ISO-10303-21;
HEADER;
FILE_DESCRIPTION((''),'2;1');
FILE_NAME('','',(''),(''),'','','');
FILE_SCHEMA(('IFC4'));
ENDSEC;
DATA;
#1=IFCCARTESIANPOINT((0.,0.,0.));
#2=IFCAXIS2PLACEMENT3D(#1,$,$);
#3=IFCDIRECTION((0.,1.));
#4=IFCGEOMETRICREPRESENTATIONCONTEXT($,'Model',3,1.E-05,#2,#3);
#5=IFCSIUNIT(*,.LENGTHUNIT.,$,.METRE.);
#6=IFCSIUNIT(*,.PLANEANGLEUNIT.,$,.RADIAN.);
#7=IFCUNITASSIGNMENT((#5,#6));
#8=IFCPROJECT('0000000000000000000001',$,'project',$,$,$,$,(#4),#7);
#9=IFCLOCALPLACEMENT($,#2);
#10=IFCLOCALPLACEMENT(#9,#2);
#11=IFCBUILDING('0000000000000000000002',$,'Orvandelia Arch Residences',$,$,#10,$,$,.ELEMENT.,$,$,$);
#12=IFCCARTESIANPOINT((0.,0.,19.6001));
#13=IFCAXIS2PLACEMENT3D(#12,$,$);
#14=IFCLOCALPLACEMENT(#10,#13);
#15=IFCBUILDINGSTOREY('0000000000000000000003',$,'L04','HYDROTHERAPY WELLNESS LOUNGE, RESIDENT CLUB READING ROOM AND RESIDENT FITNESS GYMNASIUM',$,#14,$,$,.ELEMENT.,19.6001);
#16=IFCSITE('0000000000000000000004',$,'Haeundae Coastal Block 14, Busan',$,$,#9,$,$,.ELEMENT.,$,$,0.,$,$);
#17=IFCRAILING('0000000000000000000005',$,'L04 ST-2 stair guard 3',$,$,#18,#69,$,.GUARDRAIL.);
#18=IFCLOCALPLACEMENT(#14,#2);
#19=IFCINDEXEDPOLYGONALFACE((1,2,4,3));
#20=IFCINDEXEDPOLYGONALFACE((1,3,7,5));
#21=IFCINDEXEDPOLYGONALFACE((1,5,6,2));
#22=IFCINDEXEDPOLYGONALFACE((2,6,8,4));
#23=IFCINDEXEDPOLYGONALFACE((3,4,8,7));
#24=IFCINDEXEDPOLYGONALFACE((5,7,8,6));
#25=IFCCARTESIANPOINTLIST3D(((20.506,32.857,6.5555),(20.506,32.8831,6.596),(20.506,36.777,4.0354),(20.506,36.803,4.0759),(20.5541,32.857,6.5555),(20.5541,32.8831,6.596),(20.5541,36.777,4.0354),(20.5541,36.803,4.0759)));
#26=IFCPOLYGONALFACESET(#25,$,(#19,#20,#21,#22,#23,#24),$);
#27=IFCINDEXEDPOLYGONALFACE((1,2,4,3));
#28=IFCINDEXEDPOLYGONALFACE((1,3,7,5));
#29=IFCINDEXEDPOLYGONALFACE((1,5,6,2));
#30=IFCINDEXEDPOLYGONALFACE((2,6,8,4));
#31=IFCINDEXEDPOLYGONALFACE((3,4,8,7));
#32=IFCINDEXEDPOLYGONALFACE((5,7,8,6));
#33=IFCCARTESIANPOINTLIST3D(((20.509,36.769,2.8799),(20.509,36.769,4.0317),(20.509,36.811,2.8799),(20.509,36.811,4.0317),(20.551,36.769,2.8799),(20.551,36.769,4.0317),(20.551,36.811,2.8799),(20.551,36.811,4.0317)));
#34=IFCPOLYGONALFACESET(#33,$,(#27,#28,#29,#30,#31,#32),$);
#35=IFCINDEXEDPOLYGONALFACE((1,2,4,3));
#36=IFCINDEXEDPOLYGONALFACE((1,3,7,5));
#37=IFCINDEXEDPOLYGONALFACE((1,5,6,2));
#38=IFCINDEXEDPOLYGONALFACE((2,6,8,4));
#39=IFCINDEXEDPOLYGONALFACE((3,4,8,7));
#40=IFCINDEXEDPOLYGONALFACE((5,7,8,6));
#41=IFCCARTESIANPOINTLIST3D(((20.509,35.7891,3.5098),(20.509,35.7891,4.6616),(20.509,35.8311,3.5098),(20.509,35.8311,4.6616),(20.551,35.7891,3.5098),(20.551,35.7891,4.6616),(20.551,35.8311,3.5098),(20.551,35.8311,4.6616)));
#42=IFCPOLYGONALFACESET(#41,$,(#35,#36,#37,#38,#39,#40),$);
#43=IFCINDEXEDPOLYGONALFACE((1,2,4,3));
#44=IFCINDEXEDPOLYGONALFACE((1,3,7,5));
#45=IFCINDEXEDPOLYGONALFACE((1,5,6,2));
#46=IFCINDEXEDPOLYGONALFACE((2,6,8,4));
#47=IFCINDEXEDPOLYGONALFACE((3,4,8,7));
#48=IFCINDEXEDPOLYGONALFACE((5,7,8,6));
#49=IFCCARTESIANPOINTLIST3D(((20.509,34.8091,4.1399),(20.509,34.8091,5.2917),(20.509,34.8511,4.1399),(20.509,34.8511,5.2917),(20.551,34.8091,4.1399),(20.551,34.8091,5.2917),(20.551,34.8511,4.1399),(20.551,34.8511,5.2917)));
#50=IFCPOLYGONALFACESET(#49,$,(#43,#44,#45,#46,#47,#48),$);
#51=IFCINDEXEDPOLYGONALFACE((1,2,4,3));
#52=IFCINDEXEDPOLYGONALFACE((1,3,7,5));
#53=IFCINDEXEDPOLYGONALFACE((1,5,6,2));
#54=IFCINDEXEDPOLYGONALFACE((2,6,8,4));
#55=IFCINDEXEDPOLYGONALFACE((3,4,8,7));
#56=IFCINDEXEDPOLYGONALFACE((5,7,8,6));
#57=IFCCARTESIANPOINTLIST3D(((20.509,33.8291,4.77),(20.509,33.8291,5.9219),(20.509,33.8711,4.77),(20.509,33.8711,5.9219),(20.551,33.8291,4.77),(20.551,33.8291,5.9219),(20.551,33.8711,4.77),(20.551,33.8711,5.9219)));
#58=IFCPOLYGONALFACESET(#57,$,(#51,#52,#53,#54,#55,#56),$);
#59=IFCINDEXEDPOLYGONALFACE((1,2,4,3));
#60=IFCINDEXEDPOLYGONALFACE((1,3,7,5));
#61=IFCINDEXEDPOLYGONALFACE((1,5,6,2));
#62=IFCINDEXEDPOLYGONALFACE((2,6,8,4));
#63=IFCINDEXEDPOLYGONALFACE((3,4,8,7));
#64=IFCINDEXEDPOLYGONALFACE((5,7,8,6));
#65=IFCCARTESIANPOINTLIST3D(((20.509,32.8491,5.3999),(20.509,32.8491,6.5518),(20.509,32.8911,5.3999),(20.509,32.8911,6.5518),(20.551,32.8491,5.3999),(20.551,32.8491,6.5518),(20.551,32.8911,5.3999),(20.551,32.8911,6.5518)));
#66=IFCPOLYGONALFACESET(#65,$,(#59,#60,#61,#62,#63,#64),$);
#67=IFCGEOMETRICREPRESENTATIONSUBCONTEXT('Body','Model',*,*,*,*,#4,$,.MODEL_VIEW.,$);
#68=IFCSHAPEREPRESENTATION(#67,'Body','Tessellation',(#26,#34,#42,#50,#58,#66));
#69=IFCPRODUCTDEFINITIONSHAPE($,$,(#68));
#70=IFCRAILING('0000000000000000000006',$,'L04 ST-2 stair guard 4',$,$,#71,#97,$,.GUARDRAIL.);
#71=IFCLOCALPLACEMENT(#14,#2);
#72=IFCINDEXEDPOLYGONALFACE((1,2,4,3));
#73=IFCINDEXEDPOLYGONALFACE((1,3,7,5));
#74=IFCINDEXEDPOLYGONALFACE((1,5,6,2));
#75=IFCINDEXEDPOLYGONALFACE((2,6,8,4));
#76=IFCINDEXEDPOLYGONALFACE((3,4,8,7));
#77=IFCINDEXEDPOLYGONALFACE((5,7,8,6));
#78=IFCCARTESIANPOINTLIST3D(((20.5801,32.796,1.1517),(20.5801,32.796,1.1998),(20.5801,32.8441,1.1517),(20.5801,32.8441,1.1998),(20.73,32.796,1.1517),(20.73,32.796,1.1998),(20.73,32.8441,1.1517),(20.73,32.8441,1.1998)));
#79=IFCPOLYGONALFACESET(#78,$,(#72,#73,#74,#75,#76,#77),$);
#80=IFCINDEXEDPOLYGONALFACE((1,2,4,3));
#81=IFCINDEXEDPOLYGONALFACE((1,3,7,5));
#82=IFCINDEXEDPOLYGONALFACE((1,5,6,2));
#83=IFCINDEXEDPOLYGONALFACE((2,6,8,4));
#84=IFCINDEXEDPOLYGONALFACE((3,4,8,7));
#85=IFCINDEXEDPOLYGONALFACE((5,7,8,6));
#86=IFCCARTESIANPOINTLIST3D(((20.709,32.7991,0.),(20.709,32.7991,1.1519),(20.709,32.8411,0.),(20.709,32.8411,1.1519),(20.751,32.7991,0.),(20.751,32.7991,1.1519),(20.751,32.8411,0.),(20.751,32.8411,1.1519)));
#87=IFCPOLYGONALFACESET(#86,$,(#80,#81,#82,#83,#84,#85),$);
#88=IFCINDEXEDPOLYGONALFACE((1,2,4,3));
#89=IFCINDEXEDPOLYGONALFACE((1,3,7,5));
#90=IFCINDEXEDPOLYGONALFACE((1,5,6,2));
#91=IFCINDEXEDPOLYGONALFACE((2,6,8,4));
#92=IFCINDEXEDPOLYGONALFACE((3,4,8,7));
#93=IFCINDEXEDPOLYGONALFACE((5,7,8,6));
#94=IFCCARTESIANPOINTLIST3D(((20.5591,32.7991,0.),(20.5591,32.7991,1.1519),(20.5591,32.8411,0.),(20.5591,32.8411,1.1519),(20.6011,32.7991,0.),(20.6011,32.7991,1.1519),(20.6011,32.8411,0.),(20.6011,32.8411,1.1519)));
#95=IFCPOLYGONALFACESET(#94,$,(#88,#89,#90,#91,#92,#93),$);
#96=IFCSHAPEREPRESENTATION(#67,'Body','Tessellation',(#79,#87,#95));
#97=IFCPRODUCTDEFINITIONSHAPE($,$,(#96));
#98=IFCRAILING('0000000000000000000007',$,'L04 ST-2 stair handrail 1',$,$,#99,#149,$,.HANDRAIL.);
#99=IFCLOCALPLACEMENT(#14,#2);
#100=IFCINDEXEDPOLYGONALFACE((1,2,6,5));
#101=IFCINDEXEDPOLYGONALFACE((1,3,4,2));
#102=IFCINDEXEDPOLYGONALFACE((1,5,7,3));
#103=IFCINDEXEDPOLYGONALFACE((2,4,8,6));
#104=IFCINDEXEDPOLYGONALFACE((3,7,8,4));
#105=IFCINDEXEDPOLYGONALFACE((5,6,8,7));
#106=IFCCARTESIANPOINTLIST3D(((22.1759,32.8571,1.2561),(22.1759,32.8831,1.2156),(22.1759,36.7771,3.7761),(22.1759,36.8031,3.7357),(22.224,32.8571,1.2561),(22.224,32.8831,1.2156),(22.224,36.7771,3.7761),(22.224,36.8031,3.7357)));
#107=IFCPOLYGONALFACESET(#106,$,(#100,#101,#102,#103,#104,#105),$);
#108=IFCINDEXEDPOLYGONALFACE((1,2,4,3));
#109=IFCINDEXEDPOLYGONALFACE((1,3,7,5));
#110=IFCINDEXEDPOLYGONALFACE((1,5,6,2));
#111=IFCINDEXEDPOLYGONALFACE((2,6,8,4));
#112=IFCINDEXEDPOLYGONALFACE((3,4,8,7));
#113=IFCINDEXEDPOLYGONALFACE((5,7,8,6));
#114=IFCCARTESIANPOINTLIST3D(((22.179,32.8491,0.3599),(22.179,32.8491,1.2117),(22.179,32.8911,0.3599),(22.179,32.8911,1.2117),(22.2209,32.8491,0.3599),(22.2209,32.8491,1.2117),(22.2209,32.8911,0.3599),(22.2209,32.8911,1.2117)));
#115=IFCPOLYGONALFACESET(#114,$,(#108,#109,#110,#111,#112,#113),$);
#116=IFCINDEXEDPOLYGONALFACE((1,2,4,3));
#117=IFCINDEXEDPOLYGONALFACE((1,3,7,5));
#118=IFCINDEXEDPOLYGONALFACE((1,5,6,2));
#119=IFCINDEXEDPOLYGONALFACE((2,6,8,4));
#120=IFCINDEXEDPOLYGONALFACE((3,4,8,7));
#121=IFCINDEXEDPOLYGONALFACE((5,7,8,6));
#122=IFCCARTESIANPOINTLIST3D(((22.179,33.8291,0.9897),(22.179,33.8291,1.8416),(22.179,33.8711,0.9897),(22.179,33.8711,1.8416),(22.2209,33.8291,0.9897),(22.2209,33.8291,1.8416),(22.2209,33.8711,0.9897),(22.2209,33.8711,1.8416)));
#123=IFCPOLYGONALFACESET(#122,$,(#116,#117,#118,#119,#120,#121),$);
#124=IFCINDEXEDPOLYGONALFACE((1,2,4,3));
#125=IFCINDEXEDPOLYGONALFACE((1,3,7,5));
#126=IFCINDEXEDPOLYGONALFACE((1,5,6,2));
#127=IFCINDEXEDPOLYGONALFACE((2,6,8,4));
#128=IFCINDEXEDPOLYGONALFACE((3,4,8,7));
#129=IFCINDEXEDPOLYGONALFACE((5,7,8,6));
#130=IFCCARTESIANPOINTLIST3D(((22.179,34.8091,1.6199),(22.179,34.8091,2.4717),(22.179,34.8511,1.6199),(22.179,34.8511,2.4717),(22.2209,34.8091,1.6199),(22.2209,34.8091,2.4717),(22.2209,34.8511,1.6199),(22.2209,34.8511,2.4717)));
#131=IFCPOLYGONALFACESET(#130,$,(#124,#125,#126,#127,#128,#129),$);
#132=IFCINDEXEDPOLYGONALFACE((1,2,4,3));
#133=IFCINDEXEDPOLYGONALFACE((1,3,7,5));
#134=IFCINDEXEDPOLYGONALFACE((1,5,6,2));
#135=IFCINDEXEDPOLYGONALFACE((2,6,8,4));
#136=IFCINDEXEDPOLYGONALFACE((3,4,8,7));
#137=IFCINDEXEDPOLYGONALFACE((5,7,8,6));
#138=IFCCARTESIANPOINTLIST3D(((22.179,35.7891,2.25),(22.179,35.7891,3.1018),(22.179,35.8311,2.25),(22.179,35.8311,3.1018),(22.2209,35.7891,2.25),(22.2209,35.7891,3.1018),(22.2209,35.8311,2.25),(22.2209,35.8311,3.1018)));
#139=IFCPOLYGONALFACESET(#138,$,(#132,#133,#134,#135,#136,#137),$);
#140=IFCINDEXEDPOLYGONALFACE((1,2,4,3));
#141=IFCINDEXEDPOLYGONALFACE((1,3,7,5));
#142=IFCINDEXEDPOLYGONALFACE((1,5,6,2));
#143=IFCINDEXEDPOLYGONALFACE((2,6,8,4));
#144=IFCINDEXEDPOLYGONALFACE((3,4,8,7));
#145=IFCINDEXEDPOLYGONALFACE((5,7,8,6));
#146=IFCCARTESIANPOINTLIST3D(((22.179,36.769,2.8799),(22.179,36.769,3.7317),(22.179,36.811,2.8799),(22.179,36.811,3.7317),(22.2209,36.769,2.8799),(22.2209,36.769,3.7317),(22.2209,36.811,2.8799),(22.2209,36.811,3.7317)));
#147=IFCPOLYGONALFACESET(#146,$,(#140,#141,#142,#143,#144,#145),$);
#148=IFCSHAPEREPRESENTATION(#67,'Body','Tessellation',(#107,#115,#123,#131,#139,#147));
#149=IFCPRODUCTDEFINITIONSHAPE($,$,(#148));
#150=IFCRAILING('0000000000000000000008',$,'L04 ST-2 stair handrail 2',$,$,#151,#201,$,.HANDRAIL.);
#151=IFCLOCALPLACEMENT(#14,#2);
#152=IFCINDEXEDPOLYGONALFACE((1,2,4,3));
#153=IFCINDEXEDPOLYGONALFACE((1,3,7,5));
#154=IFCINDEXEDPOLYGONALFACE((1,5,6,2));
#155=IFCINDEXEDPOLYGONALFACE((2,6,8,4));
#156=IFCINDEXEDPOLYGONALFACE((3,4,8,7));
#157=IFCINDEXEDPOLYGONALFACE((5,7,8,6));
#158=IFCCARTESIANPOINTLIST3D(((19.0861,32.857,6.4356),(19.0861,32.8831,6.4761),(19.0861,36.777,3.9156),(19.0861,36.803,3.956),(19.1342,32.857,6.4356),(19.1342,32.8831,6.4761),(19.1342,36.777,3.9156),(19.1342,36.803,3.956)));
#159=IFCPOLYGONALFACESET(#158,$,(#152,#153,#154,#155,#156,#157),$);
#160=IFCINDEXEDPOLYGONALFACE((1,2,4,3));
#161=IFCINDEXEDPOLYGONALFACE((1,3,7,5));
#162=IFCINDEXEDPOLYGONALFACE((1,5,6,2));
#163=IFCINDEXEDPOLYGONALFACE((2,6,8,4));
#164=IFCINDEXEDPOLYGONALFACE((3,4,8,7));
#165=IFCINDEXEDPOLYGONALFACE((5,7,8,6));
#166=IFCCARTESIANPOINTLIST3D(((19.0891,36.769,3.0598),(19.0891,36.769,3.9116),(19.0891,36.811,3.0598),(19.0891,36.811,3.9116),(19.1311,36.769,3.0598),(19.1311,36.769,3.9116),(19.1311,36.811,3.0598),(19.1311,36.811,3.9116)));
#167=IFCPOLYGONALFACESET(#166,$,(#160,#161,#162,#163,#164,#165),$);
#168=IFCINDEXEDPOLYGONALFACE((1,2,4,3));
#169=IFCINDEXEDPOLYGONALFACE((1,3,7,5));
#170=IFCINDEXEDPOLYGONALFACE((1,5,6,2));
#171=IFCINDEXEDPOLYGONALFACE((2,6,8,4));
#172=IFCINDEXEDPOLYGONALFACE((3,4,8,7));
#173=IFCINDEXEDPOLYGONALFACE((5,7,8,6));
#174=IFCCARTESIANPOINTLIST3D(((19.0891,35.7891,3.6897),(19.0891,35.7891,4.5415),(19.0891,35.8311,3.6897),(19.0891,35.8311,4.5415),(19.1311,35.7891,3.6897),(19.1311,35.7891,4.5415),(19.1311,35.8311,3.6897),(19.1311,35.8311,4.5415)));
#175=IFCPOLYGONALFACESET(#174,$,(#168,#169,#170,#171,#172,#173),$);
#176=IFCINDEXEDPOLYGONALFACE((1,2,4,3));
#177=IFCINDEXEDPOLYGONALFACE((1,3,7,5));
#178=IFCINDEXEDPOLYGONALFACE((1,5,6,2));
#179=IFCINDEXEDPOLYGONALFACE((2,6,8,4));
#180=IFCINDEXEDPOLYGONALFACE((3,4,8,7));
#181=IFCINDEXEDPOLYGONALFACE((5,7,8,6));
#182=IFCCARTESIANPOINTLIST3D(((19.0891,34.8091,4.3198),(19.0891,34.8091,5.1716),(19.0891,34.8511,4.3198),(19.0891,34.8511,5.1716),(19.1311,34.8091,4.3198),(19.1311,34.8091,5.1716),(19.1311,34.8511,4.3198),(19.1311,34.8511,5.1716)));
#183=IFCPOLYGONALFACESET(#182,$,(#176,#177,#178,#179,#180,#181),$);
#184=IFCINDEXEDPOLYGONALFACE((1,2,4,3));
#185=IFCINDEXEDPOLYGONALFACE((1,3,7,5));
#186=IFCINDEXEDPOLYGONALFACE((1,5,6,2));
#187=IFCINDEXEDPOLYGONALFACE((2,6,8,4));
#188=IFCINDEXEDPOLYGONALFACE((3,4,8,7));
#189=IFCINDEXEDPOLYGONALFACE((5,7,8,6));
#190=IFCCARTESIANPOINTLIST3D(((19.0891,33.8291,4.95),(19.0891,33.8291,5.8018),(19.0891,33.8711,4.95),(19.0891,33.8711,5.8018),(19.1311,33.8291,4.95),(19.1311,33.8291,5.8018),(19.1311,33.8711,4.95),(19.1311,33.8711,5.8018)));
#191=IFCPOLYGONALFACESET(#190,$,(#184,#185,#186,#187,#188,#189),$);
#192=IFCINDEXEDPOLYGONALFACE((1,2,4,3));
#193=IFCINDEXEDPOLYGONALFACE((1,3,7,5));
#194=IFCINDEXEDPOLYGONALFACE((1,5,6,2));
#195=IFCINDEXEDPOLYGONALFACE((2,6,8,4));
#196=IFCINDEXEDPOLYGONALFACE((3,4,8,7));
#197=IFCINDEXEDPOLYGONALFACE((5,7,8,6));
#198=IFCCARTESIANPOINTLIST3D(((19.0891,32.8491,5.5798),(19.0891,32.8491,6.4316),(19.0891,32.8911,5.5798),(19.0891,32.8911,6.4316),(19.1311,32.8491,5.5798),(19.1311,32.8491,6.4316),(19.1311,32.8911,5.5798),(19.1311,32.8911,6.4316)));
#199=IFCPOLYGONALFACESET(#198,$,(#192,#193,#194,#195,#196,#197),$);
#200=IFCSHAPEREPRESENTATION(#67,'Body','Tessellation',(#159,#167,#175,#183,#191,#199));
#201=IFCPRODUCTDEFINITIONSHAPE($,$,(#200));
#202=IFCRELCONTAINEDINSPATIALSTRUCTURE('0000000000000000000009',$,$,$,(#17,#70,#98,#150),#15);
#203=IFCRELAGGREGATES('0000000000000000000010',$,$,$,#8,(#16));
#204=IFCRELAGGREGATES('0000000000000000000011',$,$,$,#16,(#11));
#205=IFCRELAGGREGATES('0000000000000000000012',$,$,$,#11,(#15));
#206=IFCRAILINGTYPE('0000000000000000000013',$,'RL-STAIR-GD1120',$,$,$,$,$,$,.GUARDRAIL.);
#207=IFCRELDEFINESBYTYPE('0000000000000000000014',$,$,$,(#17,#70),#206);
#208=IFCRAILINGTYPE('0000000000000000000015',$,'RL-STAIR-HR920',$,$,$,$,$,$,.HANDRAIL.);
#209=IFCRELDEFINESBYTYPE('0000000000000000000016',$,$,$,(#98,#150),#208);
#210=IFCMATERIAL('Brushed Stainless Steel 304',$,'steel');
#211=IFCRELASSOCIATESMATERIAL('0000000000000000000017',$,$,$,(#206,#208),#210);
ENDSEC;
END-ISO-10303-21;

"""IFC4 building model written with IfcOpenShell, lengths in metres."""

from ifc_helpers import new_model, si_unit, direction, frame, origin, origin_2d, place, context, subcontext, project, spatial, rectangle, extrude, material, type_object, element, save


model = new_model("IFC4")

# Units and contexts
model_context = context("Model", 3, precision=1e-05, world=origin(), true_north=direction((0.0, 1.0)))
body_context = subcontext(model_context, "Body", "Model", "MODEL_VIEW")
ifc_project = project(units=[si_unit("LENGTHUNIT", "METRE"), si_unit("PLANEANGLEUNIT", "RADIAN")], contexts=[model_context])

# Site, building, storey
site_placement = place(None, origin())
site = spatial("IfcSite", under=ifc_project, at=site_placement, Name="Haeundae Coastal Block 14, Busan", CompositionType="ELEMENT", RefElevation=0.0)
building_placement = place(site_placement, origin())
building = spatial("IfcBuilding", under=site, at=building_placement, Name="Orvandelia Arch Residences", CompositionType="ELEMENT")
storey_placement = place(building_placement, frame((0.0, 0.0, 19.6001)))
storey = spatial("IfcBuildingStorey", under=building, at=storey_placement, Name="L04", Description="HYDROTHERAPY WELLNESS LOUNGE, RESIDENT CLUB READING ROOM AND RESIDENT FITNESS GYMNASIUM", CompositionType="ELEMENT", Elevation=19.6001)

# Railings
ifc_material_1 = material(Name="Brushed Stainless Steel 304", Category="steel")
railing_type_1 = type_object("IfcRailingType", Name="RL-STAIR-GD1120", PredefinedType="GUARDRAIL", material=ifc_material_1)
railing_1_placement = place(storey_placement, frame((20.53, 36.79, 2.8799)))
element("IfcRailing", 1, at=railing_1_placement, inside=storey, type_object=railing_type_1, Name="L04 ST-2 stair guard 3", PredefinedType="GUARDRAIL", context=body_context, shape_type="SweptSolid", body=[
    extrude(rectangle(XDim=0.0481, YDim=0.0481, at=origin_2d()), frame((0.0, 0.0, 1.1758), z_axis=(0.0, -0.841172, 0.540768), x_axis=(1.0, 0.0, 0.0)), (0.0, 0.0, 1.0), 4.6602),
    extrude(rectangle(XDim=0.042, YDim=0.042, at=origin_2d()), origin(), (0.0, 0.0, 1.0), 1.1519),
    extrude(rectangle(XDim=0.042, YDim=0.042, at=origin_2d()), frame((0.0, -0.98, 0.6299)), (0.0, 0.0, 1.0), 1.1519),
    extrude(rectangle(XDim=0.042, YDim=0.042, at=origin_2d()), frame((0.0, -1.96, 1.26)), (0.0, 0.0, 1.0), 1.1519),
    extrude(rectangle(XDim=0.042, YDim=0.042, at=origin_2d()), frame((0.0, -2.9399, 1.8901)), (0.0, 0.0, 1.0), 1.1519),
    extrude(rectangle(XDim=0.042, YDim=0.042, at=origin_2d()), frame((0.0, -3.9199, 2.52)), (0.0, 0.0, 1.0), 1.1519),
])
railing_2_placement = place(storey_placement, frame((20.73, 32.8201, 0.0)))
element("IfcRailing", 2, at=railing_2_placement, inside=storey, type_object=railing_type_1, Name="L04 ST-2 stair guard 4", PredefinedType="GUARDRAIL", context=body_context, shape_type="SweptSolid", body=[
    extrude(rectangle(XDim=0.0481, YDim=0.0481, at=origin_2d()), frame((0.0, 0.0, 1.1758), z_axis=(-1.0, 0.0, 0.0), x_axis=(0.0, -1.0, 0.0)), (0.0, 0.0, 1.0), 0.1499),
    extrude(rectangle(XDim=0.042, YDim=0.042, at=origin_2d()), origin(), (0.0, 0.0, 1.0), 1.1519),
    extrude(rectangle(XDim=0.042, YDim=0.042, at=origin_2d()), frame((-0.1499, 0.0, 0.0)), (0.0, 0.0, 1.0), 1.1519),
])
railing_type_2 = type_object("IfcRailingType", Name="RL-STAIR-HR920", PredefinedType="HANDRAIL", material=ifc_material_1)
railing_3_placement = place(storey_placement, frame((22.2, 32.8701, 0.3599)))
element("IfcRailing", 3, at=railing_3_placement, inside=storey, type_object=railing_type_2, Name="L04 ST-2 stair handrail 1", PredefinedType="HANDRAIL", context=body_context, shape_type="SweptSolid", body=[
    extrude(rectangle(XDim=0.0481, YDim=0.0481, at=origin_2d()), frame((0.0, 0.0, 0.876), z_axis=(0.0, 0.841172, 0.540768), x_axis=(-1.0, 0.0, 0.0)), (0.0, 0.0, 1.0), 4.6602),
    extrude(rectangle(XDim=0.042, YDim=0.042, at=origin_2d()), origin(), (0.0, 0.0, 1.0), 0.8518),
    extrude(rectangle(XDim=0.042, YDim=0.042, at=origin_2d()), frame((0.0, 0.98, 0.6299)), (0.0, 0.0, 1.0), 0.8518),
    extrude(rectangle(XDim=0.042, YDim=0.042, at=origin_2d()), frame((0.0, 1.96, 1.26)), (0.0, 0.0, 1.0), 0.8518),
    extrude(rectangle(XDim=0.042, YDim=0.042, at=origin_2d()), frame((0.0, 2.9399, 1.8901)), (0.0, 0.0, 1.0), 0.8518),
    extrude(rectangle(XDim=0.042, YDim=0.042, at=origin_2d()), frame((0.0, 3.9199, 2.52)), (0.0, 0.0, 1.0), 0.8518),
])
railing_4_placement = place(storey_placement, frame((19.1101, 36.79, 3.0598)))
element("IfcRailing", 4, at=railing_4_placement, inside=storey, type_object=railing_type_2, Name="L04 ST-2 stair handrail 2", PredefinedType="HANDRAIL", context=body_context, shape_type="SweptSolid", body=[
    extrude(rectangle(XDim=0.0481, YDim=0.0481, at=origin_2d()), frame((0.0, 0.0, 0.876), z_axis=(0.0, -0.841172, 0.540768), x_axis=(1.0, 0.0, 0.0)), (0.0, 0.0, 1.0), 4.6602),
    extrude(rectangle(XDim=0.042, YDim=0.042, at=origin_2d()), origin(), (0.0, 0.0, 1.0), 0.8518),
    extrude(rectangle(XDim=0.042, YDim=0.042, at=origin_2d()), frame((0.0, -0.98, 0.6299)), (0.0, 0.0, 1.0), 0.8518),
    extrude(rectangle(XDim=0.042, YDim=0.042, at=origin_2d()), frame((0.0, -1.96, 1.26)), (0.0, 0.0, 1.0), 0.8518),
    extrude(rectangle(XDim=0.042, YDim=0.042, at=origin_2d()), frame((0.0, -2.9399, 1.8901)), (0.0, 0.0, 1.0), 0.8518),
    extrude(rectangle(XDim=0.042, YDim=0.042, at=origin_2d()), frame((0.0, -3.9199, 2.52)), (0.0, 0.0, 1.0), 0.8518),
])

save(model, "model.ifc")
